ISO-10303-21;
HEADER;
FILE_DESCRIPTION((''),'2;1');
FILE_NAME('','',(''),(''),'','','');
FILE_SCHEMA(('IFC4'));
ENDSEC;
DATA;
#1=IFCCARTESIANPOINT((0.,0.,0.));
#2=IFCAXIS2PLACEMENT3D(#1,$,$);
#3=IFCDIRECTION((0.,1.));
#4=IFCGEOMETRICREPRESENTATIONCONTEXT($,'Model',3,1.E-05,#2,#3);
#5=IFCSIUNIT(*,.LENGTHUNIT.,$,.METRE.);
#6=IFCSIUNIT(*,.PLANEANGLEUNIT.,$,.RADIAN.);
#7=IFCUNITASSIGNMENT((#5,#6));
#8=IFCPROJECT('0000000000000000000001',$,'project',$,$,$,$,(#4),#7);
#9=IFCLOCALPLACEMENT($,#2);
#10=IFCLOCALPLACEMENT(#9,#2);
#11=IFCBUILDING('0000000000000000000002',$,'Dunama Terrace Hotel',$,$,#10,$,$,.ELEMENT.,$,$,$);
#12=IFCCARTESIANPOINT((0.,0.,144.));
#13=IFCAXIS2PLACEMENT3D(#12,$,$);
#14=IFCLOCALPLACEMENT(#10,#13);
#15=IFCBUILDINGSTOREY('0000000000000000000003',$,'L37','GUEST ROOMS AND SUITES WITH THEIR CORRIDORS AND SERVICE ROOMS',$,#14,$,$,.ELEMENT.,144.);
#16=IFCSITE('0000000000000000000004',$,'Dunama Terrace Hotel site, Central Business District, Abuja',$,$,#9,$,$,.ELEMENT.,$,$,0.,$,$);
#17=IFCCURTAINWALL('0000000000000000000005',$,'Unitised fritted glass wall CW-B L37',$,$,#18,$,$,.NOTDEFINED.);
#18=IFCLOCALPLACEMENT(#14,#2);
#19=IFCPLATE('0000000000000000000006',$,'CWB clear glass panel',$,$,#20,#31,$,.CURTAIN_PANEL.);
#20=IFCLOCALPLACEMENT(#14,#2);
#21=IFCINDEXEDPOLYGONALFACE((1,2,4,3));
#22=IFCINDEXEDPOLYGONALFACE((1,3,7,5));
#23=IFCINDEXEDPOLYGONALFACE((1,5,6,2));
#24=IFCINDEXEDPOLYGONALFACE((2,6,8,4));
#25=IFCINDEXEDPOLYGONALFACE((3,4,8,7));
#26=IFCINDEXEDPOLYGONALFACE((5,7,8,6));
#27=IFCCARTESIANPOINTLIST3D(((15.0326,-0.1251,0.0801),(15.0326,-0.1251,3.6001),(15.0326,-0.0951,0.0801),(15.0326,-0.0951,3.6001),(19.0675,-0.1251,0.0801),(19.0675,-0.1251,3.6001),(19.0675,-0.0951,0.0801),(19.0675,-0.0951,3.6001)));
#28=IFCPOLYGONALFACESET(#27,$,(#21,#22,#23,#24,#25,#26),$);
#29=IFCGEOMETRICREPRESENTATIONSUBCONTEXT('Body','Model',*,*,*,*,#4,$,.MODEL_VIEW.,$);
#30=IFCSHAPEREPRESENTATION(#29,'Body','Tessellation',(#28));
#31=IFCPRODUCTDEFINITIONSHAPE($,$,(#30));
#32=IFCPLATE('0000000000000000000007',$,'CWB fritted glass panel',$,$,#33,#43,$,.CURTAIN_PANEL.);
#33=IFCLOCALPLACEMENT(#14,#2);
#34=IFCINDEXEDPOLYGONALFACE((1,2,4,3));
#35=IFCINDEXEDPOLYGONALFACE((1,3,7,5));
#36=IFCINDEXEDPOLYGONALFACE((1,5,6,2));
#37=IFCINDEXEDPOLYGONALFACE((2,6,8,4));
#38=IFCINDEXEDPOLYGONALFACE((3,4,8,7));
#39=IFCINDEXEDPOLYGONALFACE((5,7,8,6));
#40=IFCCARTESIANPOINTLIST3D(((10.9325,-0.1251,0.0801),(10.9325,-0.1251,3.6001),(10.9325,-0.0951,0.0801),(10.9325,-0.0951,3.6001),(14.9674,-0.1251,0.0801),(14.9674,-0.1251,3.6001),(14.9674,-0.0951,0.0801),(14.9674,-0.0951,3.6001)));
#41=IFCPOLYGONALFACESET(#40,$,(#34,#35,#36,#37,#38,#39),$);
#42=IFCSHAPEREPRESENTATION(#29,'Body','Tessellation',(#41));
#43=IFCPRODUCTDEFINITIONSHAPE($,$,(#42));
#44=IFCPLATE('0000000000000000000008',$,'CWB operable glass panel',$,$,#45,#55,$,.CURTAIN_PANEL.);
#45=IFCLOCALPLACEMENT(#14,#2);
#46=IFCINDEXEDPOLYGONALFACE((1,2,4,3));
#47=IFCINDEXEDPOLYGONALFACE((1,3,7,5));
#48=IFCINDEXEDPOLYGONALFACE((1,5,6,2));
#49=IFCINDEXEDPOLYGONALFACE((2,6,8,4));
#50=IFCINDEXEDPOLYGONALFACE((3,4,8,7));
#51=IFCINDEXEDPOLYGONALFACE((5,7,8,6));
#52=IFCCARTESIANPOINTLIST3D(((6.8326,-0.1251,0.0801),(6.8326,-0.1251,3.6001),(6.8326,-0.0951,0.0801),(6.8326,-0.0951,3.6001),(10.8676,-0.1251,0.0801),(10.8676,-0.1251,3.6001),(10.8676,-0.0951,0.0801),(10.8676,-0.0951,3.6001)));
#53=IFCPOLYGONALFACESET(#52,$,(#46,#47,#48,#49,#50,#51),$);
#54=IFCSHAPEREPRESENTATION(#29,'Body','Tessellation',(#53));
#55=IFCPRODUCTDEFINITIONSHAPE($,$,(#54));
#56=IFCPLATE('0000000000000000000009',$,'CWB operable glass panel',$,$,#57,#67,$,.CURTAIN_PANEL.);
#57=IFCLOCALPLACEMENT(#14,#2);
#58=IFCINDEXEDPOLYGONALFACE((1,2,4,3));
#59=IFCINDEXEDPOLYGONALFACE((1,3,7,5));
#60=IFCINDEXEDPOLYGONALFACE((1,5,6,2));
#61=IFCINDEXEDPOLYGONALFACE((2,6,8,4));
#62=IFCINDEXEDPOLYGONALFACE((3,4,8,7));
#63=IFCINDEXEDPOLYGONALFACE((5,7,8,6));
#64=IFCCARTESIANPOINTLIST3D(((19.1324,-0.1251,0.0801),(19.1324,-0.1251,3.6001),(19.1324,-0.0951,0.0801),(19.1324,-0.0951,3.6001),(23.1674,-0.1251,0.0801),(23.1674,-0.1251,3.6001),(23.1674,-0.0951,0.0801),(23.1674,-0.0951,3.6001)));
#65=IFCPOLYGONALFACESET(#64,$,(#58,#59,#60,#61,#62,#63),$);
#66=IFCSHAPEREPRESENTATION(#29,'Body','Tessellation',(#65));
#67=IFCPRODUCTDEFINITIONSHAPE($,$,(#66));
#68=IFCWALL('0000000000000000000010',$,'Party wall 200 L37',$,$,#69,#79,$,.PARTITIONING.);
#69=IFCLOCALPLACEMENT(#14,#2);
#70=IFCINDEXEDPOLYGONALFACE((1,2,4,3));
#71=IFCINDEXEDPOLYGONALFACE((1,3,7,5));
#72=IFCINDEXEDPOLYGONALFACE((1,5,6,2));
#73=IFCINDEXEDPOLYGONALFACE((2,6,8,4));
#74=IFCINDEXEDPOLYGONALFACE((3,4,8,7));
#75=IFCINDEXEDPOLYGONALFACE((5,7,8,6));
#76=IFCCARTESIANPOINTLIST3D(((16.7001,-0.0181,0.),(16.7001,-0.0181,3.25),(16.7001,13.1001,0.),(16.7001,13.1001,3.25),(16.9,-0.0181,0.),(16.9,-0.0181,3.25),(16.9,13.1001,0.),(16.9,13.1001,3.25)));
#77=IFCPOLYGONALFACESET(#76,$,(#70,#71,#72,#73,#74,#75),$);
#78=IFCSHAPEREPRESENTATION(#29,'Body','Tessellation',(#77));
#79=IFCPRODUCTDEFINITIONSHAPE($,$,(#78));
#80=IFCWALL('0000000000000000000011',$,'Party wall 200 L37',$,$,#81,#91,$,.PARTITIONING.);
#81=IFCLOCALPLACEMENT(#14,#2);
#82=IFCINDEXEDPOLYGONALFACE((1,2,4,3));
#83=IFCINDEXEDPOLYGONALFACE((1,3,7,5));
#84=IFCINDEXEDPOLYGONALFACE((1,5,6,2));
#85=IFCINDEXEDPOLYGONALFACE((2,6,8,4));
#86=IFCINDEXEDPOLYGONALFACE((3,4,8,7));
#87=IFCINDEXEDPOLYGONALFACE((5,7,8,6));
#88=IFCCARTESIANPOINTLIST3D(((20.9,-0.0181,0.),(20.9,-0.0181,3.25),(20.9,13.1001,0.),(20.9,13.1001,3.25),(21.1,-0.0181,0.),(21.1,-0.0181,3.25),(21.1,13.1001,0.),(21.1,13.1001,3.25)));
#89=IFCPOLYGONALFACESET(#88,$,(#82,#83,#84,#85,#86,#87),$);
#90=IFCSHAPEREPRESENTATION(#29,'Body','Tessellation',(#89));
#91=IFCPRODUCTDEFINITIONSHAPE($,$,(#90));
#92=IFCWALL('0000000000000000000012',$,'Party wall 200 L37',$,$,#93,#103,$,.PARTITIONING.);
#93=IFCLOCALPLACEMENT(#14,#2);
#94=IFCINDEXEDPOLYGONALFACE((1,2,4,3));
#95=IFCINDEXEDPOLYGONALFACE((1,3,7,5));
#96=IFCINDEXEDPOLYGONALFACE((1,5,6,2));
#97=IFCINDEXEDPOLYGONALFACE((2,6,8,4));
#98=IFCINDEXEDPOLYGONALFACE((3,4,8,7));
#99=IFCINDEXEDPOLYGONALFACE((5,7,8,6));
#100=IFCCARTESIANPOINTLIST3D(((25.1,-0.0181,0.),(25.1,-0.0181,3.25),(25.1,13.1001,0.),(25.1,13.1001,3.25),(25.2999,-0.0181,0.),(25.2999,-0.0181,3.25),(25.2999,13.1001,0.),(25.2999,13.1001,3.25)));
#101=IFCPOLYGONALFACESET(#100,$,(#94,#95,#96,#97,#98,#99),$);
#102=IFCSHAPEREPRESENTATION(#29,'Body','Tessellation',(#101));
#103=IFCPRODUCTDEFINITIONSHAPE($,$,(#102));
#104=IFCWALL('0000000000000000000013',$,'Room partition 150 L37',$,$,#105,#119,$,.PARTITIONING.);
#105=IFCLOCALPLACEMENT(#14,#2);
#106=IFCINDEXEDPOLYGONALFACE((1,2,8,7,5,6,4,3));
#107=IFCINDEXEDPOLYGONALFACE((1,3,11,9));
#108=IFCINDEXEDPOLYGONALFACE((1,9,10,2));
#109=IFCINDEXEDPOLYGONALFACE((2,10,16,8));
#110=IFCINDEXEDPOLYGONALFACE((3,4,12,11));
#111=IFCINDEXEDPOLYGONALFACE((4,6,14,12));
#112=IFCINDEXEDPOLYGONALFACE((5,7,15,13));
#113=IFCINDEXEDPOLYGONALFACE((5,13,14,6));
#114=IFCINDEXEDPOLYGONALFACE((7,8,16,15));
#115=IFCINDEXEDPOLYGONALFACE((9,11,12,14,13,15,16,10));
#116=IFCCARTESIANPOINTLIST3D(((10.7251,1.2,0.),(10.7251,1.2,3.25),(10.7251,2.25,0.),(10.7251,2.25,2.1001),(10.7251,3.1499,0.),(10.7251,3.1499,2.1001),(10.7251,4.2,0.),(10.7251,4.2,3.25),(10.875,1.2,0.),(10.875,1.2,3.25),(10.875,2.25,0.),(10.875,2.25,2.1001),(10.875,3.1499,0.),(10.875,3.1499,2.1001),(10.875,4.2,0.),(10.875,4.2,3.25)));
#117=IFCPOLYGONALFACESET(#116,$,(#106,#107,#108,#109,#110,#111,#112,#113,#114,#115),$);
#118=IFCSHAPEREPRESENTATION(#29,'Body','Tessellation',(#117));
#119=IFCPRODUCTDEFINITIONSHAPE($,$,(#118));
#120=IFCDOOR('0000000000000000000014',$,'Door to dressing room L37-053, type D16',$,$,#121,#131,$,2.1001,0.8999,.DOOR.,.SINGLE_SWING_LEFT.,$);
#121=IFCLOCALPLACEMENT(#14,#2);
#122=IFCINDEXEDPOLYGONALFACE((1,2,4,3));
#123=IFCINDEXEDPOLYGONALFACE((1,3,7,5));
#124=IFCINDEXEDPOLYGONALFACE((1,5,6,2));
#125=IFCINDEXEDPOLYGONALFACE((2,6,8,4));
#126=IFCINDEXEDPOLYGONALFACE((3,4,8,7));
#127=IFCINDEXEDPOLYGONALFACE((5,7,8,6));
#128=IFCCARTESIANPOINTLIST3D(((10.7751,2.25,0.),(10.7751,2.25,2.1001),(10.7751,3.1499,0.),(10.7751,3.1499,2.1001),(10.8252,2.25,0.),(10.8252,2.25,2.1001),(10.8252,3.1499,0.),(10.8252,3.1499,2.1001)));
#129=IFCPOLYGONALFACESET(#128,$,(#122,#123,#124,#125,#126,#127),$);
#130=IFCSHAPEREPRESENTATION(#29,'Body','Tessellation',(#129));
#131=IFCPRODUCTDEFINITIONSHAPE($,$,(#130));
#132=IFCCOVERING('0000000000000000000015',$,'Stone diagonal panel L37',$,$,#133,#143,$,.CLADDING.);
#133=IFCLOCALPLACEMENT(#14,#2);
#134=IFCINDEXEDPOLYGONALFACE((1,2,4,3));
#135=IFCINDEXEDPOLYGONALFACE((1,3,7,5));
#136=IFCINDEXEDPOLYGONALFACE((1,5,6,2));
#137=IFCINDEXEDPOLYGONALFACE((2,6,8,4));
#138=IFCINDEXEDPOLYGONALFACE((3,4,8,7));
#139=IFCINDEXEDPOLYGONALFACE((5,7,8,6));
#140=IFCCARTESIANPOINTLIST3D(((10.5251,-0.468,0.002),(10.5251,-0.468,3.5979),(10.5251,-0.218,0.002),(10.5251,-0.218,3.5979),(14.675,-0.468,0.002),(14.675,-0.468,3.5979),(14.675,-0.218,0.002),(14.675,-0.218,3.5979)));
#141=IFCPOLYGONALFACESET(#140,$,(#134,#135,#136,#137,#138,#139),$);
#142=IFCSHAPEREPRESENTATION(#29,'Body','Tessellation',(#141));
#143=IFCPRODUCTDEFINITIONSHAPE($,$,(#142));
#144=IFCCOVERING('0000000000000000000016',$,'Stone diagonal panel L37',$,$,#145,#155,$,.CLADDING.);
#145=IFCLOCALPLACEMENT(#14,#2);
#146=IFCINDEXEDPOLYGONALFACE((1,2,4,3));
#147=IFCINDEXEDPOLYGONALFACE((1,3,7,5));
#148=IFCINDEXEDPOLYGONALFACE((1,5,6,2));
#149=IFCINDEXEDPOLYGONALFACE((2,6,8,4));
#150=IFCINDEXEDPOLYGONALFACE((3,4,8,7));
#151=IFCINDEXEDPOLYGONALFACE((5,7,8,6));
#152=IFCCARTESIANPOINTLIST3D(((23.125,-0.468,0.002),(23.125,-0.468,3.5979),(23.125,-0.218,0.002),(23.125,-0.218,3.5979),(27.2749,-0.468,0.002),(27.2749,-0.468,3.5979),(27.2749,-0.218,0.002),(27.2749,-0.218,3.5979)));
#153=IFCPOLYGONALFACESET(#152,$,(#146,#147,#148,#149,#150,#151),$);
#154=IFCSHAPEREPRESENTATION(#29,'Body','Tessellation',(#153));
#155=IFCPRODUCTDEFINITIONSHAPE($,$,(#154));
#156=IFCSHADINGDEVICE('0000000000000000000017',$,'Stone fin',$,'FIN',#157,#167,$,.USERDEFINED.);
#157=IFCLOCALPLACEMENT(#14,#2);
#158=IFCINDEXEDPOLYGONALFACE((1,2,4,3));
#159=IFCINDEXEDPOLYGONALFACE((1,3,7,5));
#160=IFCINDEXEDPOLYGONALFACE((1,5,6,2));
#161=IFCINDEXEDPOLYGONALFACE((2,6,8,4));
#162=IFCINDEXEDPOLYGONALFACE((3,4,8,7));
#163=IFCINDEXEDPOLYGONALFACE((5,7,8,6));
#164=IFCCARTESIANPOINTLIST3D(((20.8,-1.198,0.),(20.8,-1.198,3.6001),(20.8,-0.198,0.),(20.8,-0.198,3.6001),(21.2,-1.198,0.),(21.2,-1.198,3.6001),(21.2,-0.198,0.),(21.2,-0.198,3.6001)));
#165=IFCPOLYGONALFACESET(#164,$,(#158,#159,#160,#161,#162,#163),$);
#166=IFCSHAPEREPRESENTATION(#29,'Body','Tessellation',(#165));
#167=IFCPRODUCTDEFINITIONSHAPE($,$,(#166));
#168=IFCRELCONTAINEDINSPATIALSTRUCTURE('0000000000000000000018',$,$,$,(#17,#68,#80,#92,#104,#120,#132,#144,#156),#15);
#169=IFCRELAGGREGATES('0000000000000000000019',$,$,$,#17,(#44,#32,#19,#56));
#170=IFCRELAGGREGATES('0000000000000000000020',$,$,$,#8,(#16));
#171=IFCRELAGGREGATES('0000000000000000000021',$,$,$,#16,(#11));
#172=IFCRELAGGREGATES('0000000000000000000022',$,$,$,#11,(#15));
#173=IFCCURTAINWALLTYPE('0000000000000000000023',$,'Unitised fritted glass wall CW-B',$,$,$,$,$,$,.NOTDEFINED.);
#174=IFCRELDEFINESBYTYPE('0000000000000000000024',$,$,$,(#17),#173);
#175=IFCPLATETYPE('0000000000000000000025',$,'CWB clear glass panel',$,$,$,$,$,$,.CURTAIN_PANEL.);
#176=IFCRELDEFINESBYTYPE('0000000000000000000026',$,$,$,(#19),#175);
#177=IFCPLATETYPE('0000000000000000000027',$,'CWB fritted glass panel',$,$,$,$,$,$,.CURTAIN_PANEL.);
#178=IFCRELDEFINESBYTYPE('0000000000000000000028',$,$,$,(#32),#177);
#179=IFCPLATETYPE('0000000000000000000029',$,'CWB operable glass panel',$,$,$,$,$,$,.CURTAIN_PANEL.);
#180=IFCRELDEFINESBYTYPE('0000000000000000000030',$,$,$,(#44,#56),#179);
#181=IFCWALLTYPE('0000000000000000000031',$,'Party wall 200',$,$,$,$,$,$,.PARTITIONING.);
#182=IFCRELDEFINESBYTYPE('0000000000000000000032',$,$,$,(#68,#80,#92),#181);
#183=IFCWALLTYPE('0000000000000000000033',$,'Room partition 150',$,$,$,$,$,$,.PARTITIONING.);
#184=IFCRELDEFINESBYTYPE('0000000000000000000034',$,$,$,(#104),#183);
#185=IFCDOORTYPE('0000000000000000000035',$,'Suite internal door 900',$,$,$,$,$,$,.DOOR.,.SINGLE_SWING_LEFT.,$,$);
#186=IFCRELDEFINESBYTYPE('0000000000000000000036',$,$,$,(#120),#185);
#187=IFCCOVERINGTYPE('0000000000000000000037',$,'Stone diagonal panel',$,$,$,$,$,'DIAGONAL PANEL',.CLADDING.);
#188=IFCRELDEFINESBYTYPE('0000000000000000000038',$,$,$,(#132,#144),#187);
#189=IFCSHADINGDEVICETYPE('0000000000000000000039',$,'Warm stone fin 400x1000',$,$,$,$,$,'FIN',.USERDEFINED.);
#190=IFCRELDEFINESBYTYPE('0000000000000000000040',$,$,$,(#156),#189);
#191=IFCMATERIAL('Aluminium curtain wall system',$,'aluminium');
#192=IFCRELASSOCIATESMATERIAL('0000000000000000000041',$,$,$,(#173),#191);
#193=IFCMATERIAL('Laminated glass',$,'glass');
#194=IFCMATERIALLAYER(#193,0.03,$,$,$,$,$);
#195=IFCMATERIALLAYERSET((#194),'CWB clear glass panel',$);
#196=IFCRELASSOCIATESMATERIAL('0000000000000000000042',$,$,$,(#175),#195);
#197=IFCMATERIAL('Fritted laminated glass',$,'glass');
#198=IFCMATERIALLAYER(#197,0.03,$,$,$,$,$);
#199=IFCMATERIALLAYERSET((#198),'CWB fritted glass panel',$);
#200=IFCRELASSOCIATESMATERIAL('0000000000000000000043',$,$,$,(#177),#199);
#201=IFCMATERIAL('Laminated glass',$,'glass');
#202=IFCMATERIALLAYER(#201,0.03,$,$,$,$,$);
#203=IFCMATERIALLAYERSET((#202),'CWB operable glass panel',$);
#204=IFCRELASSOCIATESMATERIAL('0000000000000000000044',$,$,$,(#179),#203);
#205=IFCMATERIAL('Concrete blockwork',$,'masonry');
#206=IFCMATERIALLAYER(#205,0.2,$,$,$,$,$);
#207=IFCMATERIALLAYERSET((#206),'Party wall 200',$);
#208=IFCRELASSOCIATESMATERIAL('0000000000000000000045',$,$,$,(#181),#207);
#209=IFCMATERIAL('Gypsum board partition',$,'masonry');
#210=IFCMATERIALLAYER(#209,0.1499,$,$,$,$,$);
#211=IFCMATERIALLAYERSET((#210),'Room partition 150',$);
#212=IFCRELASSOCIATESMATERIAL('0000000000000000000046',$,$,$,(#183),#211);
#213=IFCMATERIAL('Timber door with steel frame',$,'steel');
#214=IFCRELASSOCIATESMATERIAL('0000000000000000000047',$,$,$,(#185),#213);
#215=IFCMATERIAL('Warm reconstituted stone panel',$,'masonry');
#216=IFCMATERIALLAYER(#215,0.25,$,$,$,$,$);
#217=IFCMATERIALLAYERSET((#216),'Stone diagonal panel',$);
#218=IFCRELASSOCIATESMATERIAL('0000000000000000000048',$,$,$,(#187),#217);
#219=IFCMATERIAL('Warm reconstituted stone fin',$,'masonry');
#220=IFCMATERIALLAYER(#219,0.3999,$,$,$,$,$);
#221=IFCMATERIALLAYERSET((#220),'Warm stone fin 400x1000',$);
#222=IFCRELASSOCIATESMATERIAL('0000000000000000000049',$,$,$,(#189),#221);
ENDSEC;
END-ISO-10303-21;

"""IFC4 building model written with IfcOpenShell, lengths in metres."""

from ifc_helpers import new_model, si_unit, direction, frame, frame_2d, origin, origin_2d, place, context, subcontext, project, spatial, rectangle, extrude, material, layer, layer_set, type_object, element, fill, aggregate, save


model = new_model("IFC4")

# Units and contexts
model_context = context("Model", 3, precision=1e-05, world=origin(), true_north=direction((0.0, 1.0)))
body_context = subcontext(model_context, "Body", "Model", "MODEL_VIEW")
ifc_project = project(units=[si_unit("LENGTHUNIT", "METRE"), si_unit("PLANEANGLEUNIT", "RADIAN")], contexts=[model_context])

# Site, building, storey
site_placement = place(None, origin())
site = spatial("IfcSite", under=ifc_project, at=site_placement, Name="Dunama Terrace Hotel site, Central Business District, Abuja", CompositionType="ELEMENT", RefElevation=0.0)
building_placement = place(site_placement, origin())
building = spatial("IfcBuilding", under=site, at=building_placement, Name="Dunama Terrace Hotel", CompositionType="ELEMENT")
storey_placement = place(building_placement, frame((0.0, 0.0, 144.0)))
storey = spatial("IfcBuildingStorey", under=building, at=storey_placement, Name="L37", Description="GUEST ROOMS AND SUITES WITH THEIR CORRIDORS AND SERVICE ROOMS", CompositionType="ELEMENT", Elevation=144.0)

# Curtain wall
ifc_material_1 = material(Name="Aluminium curtain wall system", Category="aluminium")
curtain_wall_type = type_object("IfcCurtainWallType", Name="Unitised fritted glass wall CW-B", PredefinedType="NOTDEFINED", material=ifc_material_1)
curtain_wall_placement = place(storey_placement, origin())
curtain_wall = element("IfcCurtainWall", 1, at=curtain_wall_placement, inside=storey, type_object=curtain_wall_type, Name="Unitised fritted glass wall CW-B L37", PredefinedType="NOTDEFINED")

# Plates
ifc_material_2 = material(Name="Laminated glass", Category="glass")
ifc_layer_1 = layer(ifc_material_2, 0.03)
ifc_layer_set_1 = layer_set([ifc_layer_1], Name="CWB clear glass panel")
plate_type_1 = type_object("IfcPlateType", Name="CWB clear glass panel", PredefinedType="CURTAIN_PANEL", material=ifc_layer_set_1)
plate_1_placement = place(storey_placement, frame((17.05, -0.1101, 0.0801), z_axis=(0.0, 0.0, 1.0), x_axis=(1.0, 0.0, 0.0)))
plate_1 = element("IfcPlate", 2, at=plate_1_placement, type_object=plate_type_1, Name="CWB clear glass panel", PredefinedType="CURTAIN_PANEL", context=body_context, shape_type="SweptSolid", body=[
    extrude(rectangle(XDim=4.0349, YDim=0.03, at=origin_2d()), origin(), (0.0, 0.0, 1.0), 3.52),
])
ifc_material_3 = material(Name="Fritted laminated glass", Category="glass")
ifc_layer_2 = layer(ifc_material_3, 0.03)
ifc_layer_set_2 = layer_set([ifc_layer_2], Name="CWB fritted glass panel")
plate_type_2 = type_object("IfcPlateType", Name="CWB fritted glass panel", PredefinedType="CURTAIN_PANEL", material=ifc_layer_set_2)
plate_2_placement = place(storey_placement, frame((12.95, -0.1101, 0.0801), z_axis=(0.0, 0.0, 1.0), x_axis=(1.0, 0.0, 0.0)))
plate_2 = element("IfcPlate", 3, at=plate_2_placement, type_object=plate_type_2, Name="CWB fritted glass panel", PredefinedType="CURTAIN_PANEL", context=body_context, shape_type="SweptSolid", body=[
    extrude(rectangle(XDim=4.0349, YDim=0.03, at=origin_2d()), origin(), (0.0, 0.0, 1.0), 3.52),
])
ifc_material_4 = material(Name="Laminated glass", Category="glass")
ifc_layer_3 = layer(ifc_material_4, 0.03)
ifc_layer_set_3 = layer_set([ifc_layer_3], Name="CWB operable glass panel")
plate_type_3 = type_object("IfcPlateType", Name="CWB operable glass panel", PredefinedType="CURTAIN_PANEL", material=ifc_layer_set_3)
plate_3_placement = place(storey_placement, frame((8.8501, -0.1101, 0.0801), z_axis=(0.0, 0.0, 1.0), x_axis=(1.0, 0.0, 0.0)))
plate_3 = element("IfcPlate", 4, at=plate_3_placement, type_object=plate_type_3, Name="CWB operable glass panel", PredefinedType="CURTAIN_PANEL", context=body_context, shape_type="SweptSolid", body=[
    extrude(rectangle(XDim=4.0349, YDim=0.03, at=origin_2d()), origin(), (0.0, 0.0, 1.0), 3.52),
])
plate_4_placement = place(storey_placement, frame((21.1499, -0.1101, 0.0801), z_axis=(0.0, 0.0, 1.0), x_axis=(1.0, 0.0, 0.0)))
plate_4 = element("IfcPlate", 5, at=plate_4_placement, type_object=plate_type_3, Name="CWB operable glass panel", PredefinedType="CURTAIN_PANEL", context=body_context, shape_type="SweptSolid", body=[
    extrude(rectangle(XDim=4.0349, YDim=0.03, at=origin_2d()), origin(), (0.0, 0.0, 1.0), 3.52),
])
aggregate(curtain_wall, [plate_3, plate_2, plate_1, plate_4])

# Walls
ifc_material_5 = material(Name="Concrete blockwork", Category="masonry")
ifc_layer_4 = layer(ifc_material_5, 0.2)
ifc_layer_set_4 = layer_set([ifc_layer_4], Name="Party wall 200")
wall_type_1 = type_object("IfcWallType", Name="Party wall 200", PredefinedType="PARTITIONING", material=ifc_layer_set_4)
for number, where, z_axis, x_axis, name in (
    (6, (16.8, -0.0181, 0.0), (0.0, 0.0, 1.0), (0.0, 1.0, 0.0), "Party wall 200 L37"),
    (7, (21.0, -0.0181, 0.0), (0.0, 0.0, 1.0), (0.0, 1.0, 0.0), "Party wall 200 L37"),
    (8, (25.2, -0.0181, 0.0), (0.0, 0.0, 1.0), (0.0, 1.0, 0.0), "Party wall 200 L37"),
):
    element("IfcWall", number, at=place(storey_placement, frame(where, z_axis=z_axis, x_axis=x_axis)), inside=storey, type_object=wall_type_1, Name=name, PredefinedType="PARTITIONING", context=body_context, shape_type="SweptSolid", body=[
        extrude(rectangle(XDim=13.1182, YDim=0.2, at=frame_2d((6.5591, 0.0))), origin(), (0.0, 0.0, 1.0), 3.25),
    ])

# Wall, opening, door
ifc_material_6 = material(Name="Gypsum board partition", Category="masonry")
ifc_layer_5 = layer(ifc_material_6, 0.1499)
ifc_layer_set_5 = layer_set([ifc_layer_5], Name="Room partition 150")
wall_type_2 = type_object("IfcWallType", Name="Room partition 150", PredefinedType="PARTITIONING", material=ifc_layer_set_5)
wall_placement = place(storey_placement, frame((10.8, 1.2, 0.0), z_axis=(0.0, 0.0, 1.0), x_axis=(0.0, 1.0, 0.0)))
wall = element("IfcWall", 9, at=wall_placement, inside=storey, type_object=wall_type_2, Name="Room partition 150 L37", PredefinedType="PARTITIONING", context=body_context, shape_type="SweptSolid", body=[
    extrude(rectangle(XDim=3.0, YDim=0.1499, at=frame_2d((1.5, 0.0))), origin(), (0.0, 0.0, 1.0), 3.25),
])
opening_placement = place(wall_placement, frame((1.05, 0.0, 0.0)))
opening = element("IfcOpeningElement", 10, at=opening_placement, cuts=wall, PredefinedType="OPENING", context=body_context, shape_type="SweptSolid", body=[
    extrude(rectangle(XDim=0.8999, YDim=2.1001, at=frame_2d((0.45, 1.05))), frame((0.0, 0.085, 0.0), z_axis=(0.0, -1.0, 0.0), x_axis=(1.0, 0.0, 0.0)), (0.0, 0.0, 1.0), 0.1699),
])
ifc_material_7 = material(Name="Timber door with steel frame", Category="steel")
door_type = type_object("IfcDoorType", Name="Suite internal door 900", OperationType="SINGLE_SWING_LEFT", PredefinedType="DOOR", material=ifc_material_7)
door_placement = place(opening_placement, frame((0.8999, 0.0, 0.0), z_axis=(0.0, 0.0, 1.0), x_axis=(-1.0, 0.0, 0.0)))
door = element("IfcDoor", 11, at=door_placement, inside=storey, type_object=door_type, Name="Door to dressing room L37-053, type D16", OperationType="SINGLE_SWING_LEFT", OverallHeight=2.1001, OverallWidth=0.8999, PredefinedType="DOOR", context=body_context, shape_type="SweptSolid", body=[
    extrude(rectangle(XDim=0.8999, YDim=2.1001, at=frame_2d((0.45, 1.05))), frame((0.0, 0.0251, 0.0), z_axis=(0.0, -1.0, 0.0), x_axis=(1.0, 0.0, 0.0)), (0.0, 0.0, 1.0), 0.05),
])
fill(opening, door)

# Coverings
ifc_material_8 = material(Name="Warm reconstituted stone panel", Category="masonry")
ifc_layer_6 = layer(ifc_material_8, 0.25)
ifc_layer_set_6 = layer_set([ifc_layer_6], Name="Stone diagonal panel")
covering_type = type_object("IfcCoveringType", Name="Stone diagonal panel", ElementType="DIAGONAL PANEL", PredefinedType="CLADDING", material=ifc_layer_set_6)
for number, where, z_axis, x_axis, name in (
    (12, (12.6001, -0.343, 0.002), (0.0, 0.0, 1.0), (1.0, 0.0, 0.0), "Stone diagonal panel L37"),
    (13, (25.2, -0.343, 0.002), (0.0, 0.0, 1.0), (1.0, 0.0, 0.0), "Stone diagonal panel L37"),
):
    element("IfcCovering", number, at=place(storey_placement, frame(where, z_axis=z_axis, x_axis=x_axis)), inside=storey, type_object=covering_type, Name=name, PredefinedType="CLADDING", context=body_context, shape_type="SweptSolid", body=[
        extrude(rectangle(XDim=4.1499, YDim=0.25, at=origin_2d()), origin(), (0.0, 0.0, 1.0), 3.5959),
    ])

# Shading device
ifc_material_9 = material(Name="Warm reconstituted stone fin", Category="masonry")
ifc_layer_7 = layer(ifc_material_9, 0.3999)
ifc_layer_set_7 = layer_set([ifc_layer_7], Name="Warm stone fin 400x1000")
shading_device_type = type_object("IfcShadingDeviceType", Name="Warm stone fin 400x1000", ElementType="FIN", PredefinedType="USERDEFINED", material=ifc_layer_set_7)
shading_device_placement = place(storey_placement, frame((21.0, -0.698, 0.0), z_axis=(0.0, 0.0, 1.0), x_axis=(1.0, 0.0, 0.0)))
element("IfcShadingDevice", 14, at=shading_device_placement, inside=storey, type_object=shading_device_type, Name="Stone fin", ObjectType="FIN", PredefinedType="USERDEFINED", context=body_context, shape_type="SweptSolid", body=[
    extrude(rectangle(XDim=0.3999, YDim=1.0, at=origin_2d()), origin(), (0.0, 0.0, 1.0), 3.6001),
])

save(model, "model.ifc")
